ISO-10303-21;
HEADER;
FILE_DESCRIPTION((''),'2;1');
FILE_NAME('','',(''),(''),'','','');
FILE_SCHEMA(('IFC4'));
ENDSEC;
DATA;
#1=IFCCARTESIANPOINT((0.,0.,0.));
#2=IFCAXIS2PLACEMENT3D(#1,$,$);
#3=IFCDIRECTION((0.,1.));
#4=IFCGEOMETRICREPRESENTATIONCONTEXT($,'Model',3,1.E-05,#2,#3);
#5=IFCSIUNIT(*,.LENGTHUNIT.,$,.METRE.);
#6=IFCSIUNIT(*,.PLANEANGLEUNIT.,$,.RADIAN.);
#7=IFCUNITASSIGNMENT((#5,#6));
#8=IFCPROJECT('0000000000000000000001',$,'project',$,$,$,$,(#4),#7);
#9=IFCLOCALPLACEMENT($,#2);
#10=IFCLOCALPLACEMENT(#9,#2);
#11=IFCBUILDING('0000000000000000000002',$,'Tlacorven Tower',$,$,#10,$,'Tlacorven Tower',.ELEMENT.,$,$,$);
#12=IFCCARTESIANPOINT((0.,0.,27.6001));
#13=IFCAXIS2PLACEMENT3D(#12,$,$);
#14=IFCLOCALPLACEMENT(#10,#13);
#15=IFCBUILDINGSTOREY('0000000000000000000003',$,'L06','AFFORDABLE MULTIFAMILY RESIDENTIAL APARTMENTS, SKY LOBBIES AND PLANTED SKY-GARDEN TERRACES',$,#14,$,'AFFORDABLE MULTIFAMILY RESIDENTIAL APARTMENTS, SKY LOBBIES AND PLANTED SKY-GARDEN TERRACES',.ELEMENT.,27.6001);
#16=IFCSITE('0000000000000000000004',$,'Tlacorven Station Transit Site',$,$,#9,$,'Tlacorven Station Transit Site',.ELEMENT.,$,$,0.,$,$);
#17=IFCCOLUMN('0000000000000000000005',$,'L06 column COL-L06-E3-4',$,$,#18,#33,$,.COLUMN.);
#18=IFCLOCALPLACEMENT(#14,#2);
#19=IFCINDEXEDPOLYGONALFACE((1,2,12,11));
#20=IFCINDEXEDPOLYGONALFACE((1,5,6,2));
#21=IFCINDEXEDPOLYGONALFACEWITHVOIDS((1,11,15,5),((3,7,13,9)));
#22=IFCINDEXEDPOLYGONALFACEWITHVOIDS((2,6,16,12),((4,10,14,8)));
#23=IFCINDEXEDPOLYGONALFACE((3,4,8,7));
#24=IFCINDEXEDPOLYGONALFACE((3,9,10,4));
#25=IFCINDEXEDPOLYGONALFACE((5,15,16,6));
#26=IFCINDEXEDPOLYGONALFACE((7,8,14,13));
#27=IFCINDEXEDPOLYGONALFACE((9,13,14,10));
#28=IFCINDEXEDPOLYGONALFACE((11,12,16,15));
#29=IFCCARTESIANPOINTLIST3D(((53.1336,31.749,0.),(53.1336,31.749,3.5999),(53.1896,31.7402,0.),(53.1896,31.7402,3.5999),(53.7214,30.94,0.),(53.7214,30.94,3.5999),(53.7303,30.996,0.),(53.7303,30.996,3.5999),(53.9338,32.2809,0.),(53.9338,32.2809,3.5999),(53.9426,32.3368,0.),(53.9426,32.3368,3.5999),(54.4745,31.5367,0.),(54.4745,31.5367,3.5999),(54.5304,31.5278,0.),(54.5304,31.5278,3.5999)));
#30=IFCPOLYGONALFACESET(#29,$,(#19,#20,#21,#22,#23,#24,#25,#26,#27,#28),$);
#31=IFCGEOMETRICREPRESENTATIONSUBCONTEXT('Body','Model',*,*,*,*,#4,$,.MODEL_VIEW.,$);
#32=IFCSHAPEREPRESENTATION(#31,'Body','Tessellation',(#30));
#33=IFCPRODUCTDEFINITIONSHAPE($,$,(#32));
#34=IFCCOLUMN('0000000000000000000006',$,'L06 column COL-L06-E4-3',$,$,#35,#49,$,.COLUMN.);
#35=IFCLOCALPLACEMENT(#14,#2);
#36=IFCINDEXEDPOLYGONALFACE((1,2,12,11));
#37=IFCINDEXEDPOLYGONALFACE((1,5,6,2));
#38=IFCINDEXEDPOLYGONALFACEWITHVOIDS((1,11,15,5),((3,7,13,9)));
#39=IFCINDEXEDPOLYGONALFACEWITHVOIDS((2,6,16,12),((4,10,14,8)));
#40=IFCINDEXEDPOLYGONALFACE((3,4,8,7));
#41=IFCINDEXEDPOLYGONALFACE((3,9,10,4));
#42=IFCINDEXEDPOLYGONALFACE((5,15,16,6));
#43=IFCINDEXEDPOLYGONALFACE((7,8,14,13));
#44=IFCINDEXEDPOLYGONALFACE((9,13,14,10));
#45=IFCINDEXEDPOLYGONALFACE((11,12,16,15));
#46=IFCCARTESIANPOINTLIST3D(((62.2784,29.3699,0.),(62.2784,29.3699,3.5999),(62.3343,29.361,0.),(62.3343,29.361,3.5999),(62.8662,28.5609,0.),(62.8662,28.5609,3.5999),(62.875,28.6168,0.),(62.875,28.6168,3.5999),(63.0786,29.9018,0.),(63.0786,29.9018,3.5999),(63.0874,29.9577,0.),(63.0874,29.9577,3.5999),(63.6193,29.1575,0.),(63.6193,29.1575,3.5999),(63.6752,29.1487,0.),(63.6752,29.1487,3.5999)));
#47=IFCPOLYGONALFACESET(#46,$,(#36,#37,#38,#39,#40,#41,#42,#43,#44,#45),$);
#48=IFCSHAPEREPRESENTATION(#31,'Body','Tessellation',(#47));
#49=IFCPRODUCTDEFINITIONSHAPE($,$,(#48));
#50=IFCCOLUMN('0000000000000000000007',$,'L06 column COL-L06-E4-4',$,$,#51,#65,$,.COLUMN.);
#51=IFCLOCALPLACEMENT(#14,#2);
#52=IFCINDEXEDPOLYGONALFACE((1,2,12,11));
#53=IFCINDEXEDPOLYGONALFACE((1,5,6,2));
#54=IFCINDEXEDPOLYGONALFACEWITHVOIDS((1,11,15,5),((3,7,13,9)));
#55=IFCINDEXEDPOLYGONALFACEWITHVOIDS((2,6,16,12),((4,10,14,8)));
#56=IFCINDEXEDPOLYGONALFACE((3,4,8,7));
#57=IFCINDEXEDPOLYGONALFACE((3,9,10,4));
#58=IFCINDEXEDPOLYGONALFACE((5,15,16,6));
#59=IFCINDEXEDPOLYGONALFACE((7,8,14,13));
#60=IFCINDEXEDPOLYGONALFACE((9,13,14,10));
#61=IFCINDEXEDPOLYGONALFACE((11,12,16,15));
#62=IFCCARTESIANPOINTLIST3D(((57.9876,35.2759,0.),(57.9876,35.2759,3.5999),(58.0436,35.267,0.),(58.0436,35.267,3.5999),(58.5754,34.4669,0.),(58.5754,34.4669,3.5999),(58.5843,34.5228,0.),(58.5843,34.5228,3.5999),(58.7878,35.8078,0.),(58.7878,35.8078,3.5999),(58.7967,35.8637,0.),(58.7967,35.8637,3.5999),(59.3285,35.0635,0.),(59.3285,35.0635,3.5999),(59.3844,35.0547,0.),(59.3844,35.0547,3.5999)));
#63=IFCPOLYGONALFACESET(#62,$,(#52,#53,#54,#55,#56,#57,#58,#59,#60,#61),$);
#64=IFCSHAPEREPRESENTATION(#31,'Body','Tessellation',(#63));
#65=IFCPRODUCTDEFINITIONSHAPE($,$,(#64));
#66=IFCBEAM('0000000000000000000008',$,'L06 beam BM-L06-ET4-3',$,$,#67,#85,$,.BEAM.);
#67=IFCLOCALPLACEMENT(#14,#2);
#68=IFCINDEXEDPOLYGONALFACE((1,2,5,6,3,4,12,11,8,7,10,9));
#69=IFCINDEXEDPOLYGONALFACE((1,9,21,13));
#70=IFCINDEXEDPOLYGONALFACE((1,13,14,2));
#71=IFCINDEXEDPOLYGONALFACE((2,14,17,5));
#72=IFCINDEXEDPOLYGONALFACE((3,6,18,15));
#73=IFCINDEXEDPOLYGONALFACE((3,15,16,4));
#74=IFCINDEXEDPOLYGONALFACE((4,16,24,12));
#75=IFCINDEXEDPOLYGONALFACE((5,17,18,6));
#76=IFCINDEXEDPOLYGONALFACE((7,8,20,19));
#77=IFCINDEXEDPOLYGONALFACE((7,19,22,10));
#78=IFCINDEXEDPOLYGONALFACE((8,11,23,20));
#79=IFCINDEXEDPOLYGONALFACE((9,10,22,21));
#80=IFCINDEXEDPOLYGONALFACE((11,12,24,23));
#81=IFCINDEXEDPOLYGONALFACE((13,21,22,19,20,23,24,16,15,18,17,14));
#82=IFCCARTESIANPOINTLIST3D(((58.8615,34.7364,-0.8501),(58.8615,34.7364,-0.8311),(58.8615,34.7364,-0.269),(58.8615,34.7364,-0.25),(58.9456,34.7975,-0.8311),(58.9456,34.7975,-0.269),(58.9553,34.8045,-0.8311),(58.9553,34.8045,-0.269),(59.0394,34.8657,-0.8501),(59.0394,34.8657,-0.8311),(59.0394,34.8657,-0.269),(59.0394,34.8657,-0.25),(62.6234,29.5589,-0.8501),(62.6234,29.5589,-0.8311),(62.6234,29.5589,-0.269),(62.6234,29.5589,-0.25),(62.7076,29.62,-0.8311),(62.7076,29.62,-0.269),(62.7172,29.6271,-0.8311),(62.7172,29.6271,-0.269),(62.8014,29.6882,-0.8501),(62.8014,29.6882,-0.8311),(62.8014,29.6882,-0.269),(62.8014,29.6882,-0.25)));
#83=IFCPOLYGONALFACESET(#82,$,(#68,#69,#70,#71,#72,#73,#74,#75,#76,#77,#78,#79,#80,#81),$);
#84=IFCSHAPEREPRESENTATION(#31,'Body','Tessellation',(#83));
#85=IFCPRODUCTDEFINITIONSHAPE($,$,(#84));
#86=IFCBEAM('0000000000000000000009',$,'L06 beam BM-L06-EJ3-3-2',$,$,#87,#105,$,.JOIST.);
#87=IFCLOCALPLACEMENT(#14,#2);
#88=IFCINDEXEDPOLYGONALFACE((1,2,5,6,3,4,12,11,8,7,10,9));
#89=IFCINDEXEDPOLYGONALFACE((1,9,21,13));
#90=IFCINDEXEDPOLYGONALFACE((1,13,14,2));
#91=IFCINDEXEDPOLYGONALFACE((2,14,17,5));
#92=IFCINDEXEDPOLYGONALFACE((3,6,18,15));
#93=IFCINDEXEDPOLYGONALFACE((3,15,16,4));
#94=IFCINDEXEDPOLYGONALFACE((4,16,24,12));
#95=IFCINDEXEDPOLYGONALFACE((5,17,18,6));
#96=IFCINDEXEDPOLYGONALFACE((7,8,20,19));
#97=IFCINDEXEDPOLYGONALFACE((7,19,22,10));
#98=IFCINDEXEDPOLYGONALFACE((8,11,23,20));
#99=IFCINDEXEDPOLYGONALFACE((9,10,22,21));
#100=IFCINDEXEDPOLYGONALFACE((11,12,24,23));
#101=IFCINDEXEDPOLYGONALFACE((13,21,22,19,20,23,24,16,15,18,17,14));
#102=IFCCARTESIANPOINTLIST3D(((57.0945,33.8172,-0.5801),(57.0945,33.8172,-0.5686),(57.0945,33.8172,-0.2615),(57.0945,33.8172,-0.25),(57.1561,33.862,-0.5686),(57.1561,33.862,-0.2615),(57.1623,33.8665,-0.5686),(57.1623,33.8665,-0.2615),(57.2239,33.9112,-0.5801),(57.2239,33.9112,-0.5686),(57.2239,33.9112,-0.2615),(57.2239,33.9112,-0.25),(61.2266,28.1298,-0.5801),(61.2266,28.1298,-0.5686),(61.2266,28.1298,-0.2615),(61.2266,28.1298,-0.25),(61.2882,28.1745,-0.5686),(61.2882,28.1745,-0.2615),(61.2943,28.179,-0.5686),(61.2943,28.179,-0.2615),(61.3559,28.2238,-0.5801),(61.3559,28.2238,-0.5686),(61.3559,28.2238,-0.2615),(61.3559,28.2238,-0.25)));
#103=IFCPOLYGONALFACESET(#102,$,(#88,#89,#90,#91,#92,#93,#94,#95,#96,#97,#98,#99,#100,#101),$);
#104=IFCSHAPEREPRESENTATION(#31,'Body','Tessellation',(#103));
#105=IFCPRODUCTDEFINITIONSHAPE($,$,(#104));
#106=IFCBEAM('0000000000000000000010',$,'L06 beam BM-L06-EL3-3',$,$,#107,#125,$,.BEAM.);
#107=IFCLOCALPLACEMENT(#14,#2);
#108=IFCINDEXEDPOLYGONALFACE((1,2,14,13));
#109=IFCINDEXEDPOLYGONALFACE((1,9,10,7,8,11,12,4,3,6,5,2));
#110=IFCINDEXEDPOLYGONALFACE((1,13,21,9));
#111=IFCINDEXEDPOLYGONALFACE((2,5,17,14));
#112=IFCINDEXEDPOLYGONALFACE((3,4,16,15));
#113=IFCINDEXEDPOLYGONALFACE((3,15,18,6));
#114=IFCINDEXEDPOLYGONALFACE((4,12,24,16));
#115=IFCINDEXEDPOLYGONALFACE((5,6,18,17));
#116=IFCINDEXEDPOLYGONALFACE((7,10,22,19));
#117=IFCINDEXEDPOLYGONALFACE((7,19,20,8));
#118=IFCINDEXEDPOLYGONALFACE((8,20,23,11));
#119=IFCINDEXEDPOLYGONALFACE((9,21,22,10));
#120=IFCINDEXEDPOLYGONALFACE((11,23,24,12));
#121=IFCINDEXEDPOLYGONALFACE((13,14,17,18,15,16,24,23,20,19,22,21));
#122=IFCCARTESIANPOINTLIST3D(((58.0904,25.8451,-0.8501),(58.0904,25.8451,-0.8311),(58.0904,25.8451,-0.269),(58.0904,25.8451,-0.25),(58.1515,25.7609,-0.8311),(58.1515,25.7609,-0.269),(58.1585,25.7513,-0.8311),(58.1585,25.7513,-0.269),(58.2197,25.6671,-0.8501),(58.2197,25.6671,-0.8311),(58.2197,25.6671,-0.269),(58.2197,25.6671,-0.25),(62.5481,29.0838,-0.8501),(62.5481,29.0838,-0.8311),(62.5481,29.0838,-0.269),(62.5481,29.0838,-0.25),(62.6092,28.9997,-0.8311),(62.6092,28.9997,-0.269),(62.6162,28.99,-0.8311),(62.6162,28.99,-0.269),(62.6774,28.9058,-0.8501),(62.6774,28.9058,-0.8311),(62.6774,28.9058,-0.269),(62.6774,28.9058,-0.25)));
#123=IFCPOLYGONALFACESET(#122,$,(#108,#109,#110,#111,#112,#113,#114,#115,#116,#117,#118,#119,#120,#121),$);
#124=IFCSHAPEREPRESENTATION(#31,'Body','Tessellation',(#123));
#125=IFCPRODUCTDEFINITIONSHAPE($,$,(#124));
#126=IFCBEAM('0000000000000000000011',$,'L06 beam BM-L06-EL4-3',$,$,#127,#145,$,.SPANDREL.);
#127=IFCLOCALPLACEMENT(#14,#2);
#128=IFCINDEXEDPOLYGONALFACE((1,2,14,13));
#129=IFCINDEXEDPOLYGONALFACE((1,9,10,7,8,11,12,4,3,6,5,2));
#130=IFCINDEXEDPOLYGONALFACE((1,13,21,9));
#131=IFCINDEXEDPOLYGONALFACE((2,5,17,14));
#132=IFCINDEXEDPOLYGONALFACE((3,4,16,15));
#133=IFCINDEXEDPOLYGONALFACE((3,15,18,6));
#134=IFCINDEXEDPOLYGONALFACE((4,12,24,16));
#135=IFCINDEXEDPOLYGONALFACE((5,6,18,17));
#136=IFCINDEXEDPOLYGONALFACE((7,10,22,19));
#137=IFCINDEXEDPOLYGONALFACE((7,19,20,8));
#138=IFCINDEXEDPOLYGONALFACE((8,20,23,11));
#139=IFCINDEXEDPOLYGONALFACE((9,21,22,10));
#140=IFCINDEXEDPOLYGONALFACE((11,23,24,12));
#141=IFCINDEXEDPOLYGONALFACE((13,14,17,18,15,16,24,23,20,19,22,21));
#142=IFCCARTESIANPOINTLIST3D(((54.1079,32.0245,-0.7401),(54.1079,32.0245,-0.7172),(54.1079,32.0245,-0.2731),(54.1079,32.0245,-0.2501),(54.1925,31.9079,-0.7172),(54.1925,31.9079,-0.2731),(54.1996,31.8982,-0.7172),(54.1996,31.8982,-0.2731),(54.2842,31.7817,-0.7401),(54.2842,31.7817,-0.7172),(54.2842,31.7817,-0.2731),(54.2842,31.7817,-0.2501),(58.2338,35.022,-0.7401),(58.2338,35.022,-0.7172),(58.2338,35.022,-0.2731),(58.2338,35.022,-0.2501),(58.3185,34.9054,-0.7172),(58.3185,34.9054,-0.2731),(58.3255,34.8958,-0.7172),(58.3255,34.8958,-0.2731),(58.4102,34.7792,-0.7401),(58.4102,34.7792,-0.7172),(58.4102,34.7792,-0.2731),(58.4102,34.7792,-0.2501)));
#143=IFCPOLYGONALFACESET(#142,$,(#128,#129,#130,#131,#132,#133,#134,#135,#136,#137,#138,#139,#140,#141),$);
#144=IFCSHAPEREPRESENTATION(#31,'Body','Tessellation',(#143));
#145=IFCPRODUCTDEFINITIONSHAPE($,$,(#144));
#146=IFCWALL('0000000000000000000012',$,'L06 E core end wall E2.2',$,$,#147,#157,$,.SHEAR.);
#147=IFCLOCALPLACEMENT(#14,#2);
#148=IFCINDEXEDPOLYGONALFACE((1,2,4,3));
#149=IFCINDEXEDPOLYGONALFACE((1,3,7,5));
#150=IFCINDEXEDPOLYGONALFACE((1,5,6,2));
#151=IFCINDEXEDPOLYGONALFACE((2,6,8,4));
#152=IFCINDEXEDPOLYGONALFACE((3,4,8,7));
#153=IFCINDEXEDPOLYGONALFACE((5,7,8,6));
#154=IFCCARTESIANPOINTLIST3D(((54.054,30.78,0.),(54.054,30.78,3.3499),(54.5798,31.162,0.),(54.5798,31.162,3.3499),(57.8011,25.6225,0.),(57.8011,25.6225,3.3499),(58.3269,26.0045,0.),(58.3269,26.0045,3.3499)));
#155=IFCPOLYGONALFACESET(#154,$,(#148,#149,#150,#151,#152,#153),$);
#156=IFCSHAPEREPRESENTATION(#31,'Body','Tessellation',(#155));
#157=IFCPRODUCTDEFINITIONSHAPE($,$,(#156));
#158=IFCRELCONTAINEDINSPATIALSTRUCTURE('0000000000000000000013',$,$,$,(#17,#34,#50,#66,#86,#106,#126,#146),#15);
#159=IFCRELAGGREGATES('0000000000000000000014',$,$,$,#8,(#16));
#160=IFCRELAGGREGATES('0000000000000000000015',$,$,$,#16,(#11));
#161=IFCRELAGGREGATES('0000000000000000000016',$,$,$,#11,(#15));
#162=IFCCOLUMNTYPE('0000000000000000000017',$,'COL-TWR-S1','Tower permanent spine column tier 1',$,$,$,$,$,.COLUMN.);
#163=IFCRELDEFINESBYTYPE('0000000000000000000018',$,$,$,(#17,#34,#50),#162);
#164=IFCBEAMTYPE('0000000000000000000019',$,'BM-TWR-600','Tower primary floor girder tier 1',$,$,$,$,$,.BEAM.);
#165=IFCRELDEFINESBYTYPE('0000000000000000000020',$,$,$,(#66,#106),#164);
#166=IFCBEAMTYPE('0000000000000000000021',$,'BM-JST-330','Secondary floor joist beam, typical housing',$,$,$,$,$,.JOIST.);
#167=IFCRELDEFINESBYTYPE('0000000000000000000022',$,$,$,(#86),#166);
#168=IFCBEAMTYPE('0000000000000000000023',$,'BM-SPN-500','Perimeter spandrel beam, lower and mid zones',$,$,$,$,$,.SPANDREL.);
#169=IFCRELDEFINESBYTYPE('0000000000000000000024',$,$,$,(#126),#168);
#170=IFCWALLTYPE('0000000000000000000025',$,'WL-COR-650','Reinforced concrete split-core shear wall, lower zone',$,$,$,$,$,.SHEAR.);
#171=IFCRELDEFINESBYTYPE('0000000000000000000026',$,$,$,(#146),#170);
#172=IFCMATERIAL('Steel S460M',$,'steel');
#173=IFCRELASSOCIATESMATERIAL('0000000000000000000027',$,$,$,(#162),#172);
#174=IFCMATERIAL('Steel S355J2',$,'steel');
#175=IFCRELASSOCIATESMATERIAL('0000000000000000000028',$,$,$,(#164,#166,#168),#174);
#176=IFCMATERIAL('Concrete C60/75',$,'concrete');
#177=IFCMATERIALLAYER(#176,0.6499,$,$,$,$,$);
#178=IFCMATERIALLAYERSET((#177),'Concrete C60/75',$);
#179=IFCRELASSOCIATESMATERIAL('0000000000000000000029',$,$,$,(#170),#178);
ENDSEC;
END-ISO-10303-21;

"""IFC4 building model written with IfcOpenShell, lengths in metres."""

from ifc_helpers import new_model, si_unit, direction, frame, frame_2d, origin, origin_2d, place, context, subcontext, project, spatial, rectangle, hollow_rectangle, i_section, extrude, source, transform, mapped, material, layer, layer_set, material_profile, profile_set, type_object, element, save


model = new_model("IFC4")

# Units and contexts
model_context = context("Model", 3, precision=1e-05, world=origin(), true_north=direction((0.0, 1.0)))
body_context = subcontext(model_context, "Body", "Model", "MODEL_VIEW")
ifc_project = project(units=[si_unit("LENGTHUNIT", "METRE"), si_unit("PLANEANGLEUNIT", "RADIAN")], contexts=[model_context])

# Site, building, storey
site_placement = place(None, origin())
site = spatial("IfcSite", under=ifc_project, at=site_placement, Name="Tlacorven Station Transit Site", LongName="Tlacorven Station Transit Site", CompositionType="ELEMENT", RefElevation=0.0)
building_placement = place(site_placement, origin())
building = spatial("IfcBuilding", under=site, at=building_placement, Name="Tlacorven Tower", LongName="Tlacorven Tower", CompositionType="ELEMENT")
storey_placement = place(building_placement, frame((0.0, 0.0, 27.6001)))
storey = spatial("IfcBuildingStorey", under=building, at=storey_placement, Name="L06", Description="AFFORDABLE MULTIFAMILY RESIDENTIAL APARTMENTS, SKY LOBBIES AND PLANTED SKY-GARDEN TERRACES", LongName="AFFORDABLE MULTIFAMILY RESIDENTIAL APARTMENTS, SKY LOBBIES AND PLANTED SKY-GARDEN TERRACES", CompositionType="ELEMENT", Elevation=27.6001)

# Columns
ifc_material_1 = material(Name="Steel S460M", Category="steel")
ifc_material_profile_1 = material_profile(ifc_material_1, hollow_rectangle(XDim=1.0, YDim=1.0, WallThickness=0.04, at=origin_2d()), Name="BOX 1000X1000X40")
ifc_profile_set_1 = profile_set([ifc_material_profile_1], Name="Steel S460M")
column_type = type_object("IfcColumnType", Name="COL-TWR-S1", Description="Tower permanent spine column tier 1", PredefinedType="COLUMN", material=ifc_profile_set_1)
shared_shape_1 = source(origin(), body_context, "Body", "SweptSolid", [
    extrude(hollow_rectangle(XDim=1.0, YDim=1.0, WallThickness=0.04, at=origin_2d()), origin(), (0.0, 0.0, 1.0), 3.5999),
])
for number, where, z_axis, x_axis, name in (
    (1, (53.832, 31.6384, 0.0), (0.0, 0.0, 1.0), (0.809017, 0.587785, 0.0), "L06 column COL-L06-E3-4"),
    (2, (62.9768, 29.2593, 0.0), (0.0, 0.0, 1.0), (0.809017, 0.587785, 0.0), "L06 column COL-L06-E4-3"),
    (3, (58.686, 35.1653, 0.0), (0.0, 0.0, 1.0), (0.809017, 0.587785, 0.0), "L06 column COL-L06-E4-4"),
):
    element("IfcColumn", number, at=place(storey_placement, frame(where, z_axis=z_axis, x_axis=x_axis)), inside=storey, type_object=column_type, Name=name, PredefinedType="COLUMN", context=body_context, shape_type="MappedRepresentation", body=[
        mapped(shared_shape_1, transform((0.0, 0.0, 0.0), scale=1.0)),
    ])

# Beams
ifc_material_2 = material(Name="Steel S355J2", Category="steel")
ifc_material_profile_2 = material_profile(ifc_material_2, i_section(OverallWidth=0.22, OverallDepth=0.6001, WebThickness=0.012, FlangeThickness=0.019, at=origin_2d()), Name="IPE 600")
ifc_profile_set_2 = profile_set([ifc_material_profile_2], Name="Steel S355J2")
beam_type_1 = type_object("IfcBeamType", Name="BM-TWR-600", Description="Tower primary floor girder tier 1", PredefinedType="BEAM", material=ifc_profile_set_2)
shared_shape_2 = source(origin(), body_context, "Body", "SweptSolid", [
    extrude(i_section(OverallWidth=0.22, OverallDepth=0.6001, WebThickness=0.012, FlangeThickness=0.019, at=origin_2d()), origin(), (0.0, 0.0, 1.0), 6.3999),
])
beam_1_placement = place(storey_placement, frame((62.7124, 29.6235, -0.55), z_axis=(-0.587816, 0.808995, 0.0), x_axis=(-0.808995, -0.587816, 0.0)))
element("IfcBeam", 4, at=beam_1_placement, inside=storey, type_object=beam_type_1, Name="L06 beam BM-L06-ET4-3", PredefinedType="BEAM", context=body_context, shape_type="MappedRepresentation", body=[
    mapped(shared_shape_2, transform((0.0, 0.0, 0.0), scale=1.0)),
])
ifc_material_profile_3 = material_profile(ifc_material_2, i_section(OverallWidth=0.1599, OverallDepth=0.3301, WebThickness=0.0076, FlangeThickness=0.0115, at=origin_2d()), Name="IPE 330")
ifc_profile_set_3 = profile_set([ifc_material_profile_3], Name="Steel S355J2")
beam_type_2 = type_object("IfcBeamType", Name="BM-JST-330", Description="Secondary floor joist beam, typical housing", PredefinedType="JOIST", material=ifc_profile_set_3)
shared_shape_3 = source(origin(), body_context, "Body", "SweptSolid", [
    extrude(i_section(OverallWidth=0.1599, OverallDepth=0.3301, WebThickness=0.0076, FlangeThickness=0.0115, at=origin_2d()), origin(), (0.0, 0.0, 1.0), 7.03),
])
beam_2_placement = place(storey_placement, frame((61.2913, 28.1768, -0.415), z_axis=(-0.587773, 0.809026, 0.0), x_axis=(-0.809026, -0.587773, 0.0)))
element("IfcBeam", 5, at=beam_2_placement, inside=storey, type_object=beam_type_2, Name="L06 beam BM-L06-EJ3-3-2", PredefinedType="JOIST", context=body_context, shape_type="MappedRepresentation", body=[
    mapped(shared_shape_3, transform((0.0, 0.0, 0.0), scale=1.0)),
])
shared_shape_4 = source(origin(), body_context, "Body", "SweptSolid", [
    extrude(i_section(OverallWidth=0.22, OverallDepth=0.6001, WebThickness=0.012, FlangeThickness=0.019, at=origin_2d()), origin(), (0.0, 0.0, 1.0), 5.51),
])
beam_3_placement = place(storey_placement, frame((58.155, 25.7561, -0.55), z_axis=(0.809016, 0.587787, 0.0), x_axis=(-0.587787, 0.809016, 0.0)))
element("IfcBeam", 6, at=beam_3_placement, inside=storey, type_object=beam_type_1, Name="L06 beam BM-L06-EL3-3", PredefinedType="BEAM", context=body_context, shape_type="MappedRepresentation", body=[
    mapped(shared_shape_4, transform((0.0, 0.0, 0.0), scale=1.0)),
])
ifc_material_profile_4 = material_profile(ifc_material_2, i_section(OverallWidth=0.3, OverallDepth=0.49, WebThickness=0.012, FlangeThickness=0.0229, at=origin_2d()), Name="HEA 500")
ifc_profile_set_4 = profile_set([ifc_material_profile_4], Name="Steel S355J2")
beam_type_3 = type_object("IfcBeamType", Name="BM-SPN-500", Description="Perimeter spandrel beam, lower and mid zones", PredefinedType="SPANDREL", material=ifc_profile_set_4)
shared_shape_5 = source(origin(), body_context, "Body", "SweptSolid", [
    extrude(i_section(OverallWidth=0.3, OverallDepth=0.49, WebThickness=0.012, FlangeThickness=0.0229, at=origin_2d()), origin(), (0.0, 0.0, 1.0), 5.0999),
])
beam_4_placement = place(storey_placement, frame((54.196, 31.9031, -0.4951), z_axis=(0.80903, 0.587767, 0.0), x_axis=(-0.587767, 0.80903, 0.0)))
element("IfcBeam", 7, at=beam_4_placement, inside=storey, type_object=beam_type_3, Name="L06 beam BM-L06-EL4-3", PredefinedType="SPANDREL", context=body_context, shape_type="MappedRepresentation", body=[
    mapped(shared_shape_5, transform((0.0, 0.0, 0.0), scale=1.0)),
])

# Wall
ifc_material_3 = material(Name="Concrete C60/75", Category="concrete")
ifc_layer_1 = layer(ifc_material_3, 0.6499)
ifc_layer_set_1 = layer_set([ifc_layer_1], Name="Concrete C60/75")
wall_type_1 = type_object("IfcWallType", Name="WL-COR-650", Description="Reinforced concrete split-core shear wall, lower zone", PredefinedType="SHEAR", material=ifc_layer_set_1)
wall_1_placement = place(storey_placement, frame((58.064, 25.8135, 0.0), z_axis=(0.0, 0.0, 1.0), x_axis=(-0.58778, 0.809021, 0.0)))
element("IfcWall", 8, at=wall_1_placement, inside=storey, type_object=wall_type_1, Name="L06 E core end wall E2.2", PredefinedType="SHEAR", context=body_context, shape_type="SweptSolid", body=[
    extrude(rectangle(XDim=6.375, YDim=0.6499, at=frame_2d((3.1875, 0.0))), origin(), (0.0, 0.0, 1.0), 3.3499),
])

save(model, "model.ifc")
